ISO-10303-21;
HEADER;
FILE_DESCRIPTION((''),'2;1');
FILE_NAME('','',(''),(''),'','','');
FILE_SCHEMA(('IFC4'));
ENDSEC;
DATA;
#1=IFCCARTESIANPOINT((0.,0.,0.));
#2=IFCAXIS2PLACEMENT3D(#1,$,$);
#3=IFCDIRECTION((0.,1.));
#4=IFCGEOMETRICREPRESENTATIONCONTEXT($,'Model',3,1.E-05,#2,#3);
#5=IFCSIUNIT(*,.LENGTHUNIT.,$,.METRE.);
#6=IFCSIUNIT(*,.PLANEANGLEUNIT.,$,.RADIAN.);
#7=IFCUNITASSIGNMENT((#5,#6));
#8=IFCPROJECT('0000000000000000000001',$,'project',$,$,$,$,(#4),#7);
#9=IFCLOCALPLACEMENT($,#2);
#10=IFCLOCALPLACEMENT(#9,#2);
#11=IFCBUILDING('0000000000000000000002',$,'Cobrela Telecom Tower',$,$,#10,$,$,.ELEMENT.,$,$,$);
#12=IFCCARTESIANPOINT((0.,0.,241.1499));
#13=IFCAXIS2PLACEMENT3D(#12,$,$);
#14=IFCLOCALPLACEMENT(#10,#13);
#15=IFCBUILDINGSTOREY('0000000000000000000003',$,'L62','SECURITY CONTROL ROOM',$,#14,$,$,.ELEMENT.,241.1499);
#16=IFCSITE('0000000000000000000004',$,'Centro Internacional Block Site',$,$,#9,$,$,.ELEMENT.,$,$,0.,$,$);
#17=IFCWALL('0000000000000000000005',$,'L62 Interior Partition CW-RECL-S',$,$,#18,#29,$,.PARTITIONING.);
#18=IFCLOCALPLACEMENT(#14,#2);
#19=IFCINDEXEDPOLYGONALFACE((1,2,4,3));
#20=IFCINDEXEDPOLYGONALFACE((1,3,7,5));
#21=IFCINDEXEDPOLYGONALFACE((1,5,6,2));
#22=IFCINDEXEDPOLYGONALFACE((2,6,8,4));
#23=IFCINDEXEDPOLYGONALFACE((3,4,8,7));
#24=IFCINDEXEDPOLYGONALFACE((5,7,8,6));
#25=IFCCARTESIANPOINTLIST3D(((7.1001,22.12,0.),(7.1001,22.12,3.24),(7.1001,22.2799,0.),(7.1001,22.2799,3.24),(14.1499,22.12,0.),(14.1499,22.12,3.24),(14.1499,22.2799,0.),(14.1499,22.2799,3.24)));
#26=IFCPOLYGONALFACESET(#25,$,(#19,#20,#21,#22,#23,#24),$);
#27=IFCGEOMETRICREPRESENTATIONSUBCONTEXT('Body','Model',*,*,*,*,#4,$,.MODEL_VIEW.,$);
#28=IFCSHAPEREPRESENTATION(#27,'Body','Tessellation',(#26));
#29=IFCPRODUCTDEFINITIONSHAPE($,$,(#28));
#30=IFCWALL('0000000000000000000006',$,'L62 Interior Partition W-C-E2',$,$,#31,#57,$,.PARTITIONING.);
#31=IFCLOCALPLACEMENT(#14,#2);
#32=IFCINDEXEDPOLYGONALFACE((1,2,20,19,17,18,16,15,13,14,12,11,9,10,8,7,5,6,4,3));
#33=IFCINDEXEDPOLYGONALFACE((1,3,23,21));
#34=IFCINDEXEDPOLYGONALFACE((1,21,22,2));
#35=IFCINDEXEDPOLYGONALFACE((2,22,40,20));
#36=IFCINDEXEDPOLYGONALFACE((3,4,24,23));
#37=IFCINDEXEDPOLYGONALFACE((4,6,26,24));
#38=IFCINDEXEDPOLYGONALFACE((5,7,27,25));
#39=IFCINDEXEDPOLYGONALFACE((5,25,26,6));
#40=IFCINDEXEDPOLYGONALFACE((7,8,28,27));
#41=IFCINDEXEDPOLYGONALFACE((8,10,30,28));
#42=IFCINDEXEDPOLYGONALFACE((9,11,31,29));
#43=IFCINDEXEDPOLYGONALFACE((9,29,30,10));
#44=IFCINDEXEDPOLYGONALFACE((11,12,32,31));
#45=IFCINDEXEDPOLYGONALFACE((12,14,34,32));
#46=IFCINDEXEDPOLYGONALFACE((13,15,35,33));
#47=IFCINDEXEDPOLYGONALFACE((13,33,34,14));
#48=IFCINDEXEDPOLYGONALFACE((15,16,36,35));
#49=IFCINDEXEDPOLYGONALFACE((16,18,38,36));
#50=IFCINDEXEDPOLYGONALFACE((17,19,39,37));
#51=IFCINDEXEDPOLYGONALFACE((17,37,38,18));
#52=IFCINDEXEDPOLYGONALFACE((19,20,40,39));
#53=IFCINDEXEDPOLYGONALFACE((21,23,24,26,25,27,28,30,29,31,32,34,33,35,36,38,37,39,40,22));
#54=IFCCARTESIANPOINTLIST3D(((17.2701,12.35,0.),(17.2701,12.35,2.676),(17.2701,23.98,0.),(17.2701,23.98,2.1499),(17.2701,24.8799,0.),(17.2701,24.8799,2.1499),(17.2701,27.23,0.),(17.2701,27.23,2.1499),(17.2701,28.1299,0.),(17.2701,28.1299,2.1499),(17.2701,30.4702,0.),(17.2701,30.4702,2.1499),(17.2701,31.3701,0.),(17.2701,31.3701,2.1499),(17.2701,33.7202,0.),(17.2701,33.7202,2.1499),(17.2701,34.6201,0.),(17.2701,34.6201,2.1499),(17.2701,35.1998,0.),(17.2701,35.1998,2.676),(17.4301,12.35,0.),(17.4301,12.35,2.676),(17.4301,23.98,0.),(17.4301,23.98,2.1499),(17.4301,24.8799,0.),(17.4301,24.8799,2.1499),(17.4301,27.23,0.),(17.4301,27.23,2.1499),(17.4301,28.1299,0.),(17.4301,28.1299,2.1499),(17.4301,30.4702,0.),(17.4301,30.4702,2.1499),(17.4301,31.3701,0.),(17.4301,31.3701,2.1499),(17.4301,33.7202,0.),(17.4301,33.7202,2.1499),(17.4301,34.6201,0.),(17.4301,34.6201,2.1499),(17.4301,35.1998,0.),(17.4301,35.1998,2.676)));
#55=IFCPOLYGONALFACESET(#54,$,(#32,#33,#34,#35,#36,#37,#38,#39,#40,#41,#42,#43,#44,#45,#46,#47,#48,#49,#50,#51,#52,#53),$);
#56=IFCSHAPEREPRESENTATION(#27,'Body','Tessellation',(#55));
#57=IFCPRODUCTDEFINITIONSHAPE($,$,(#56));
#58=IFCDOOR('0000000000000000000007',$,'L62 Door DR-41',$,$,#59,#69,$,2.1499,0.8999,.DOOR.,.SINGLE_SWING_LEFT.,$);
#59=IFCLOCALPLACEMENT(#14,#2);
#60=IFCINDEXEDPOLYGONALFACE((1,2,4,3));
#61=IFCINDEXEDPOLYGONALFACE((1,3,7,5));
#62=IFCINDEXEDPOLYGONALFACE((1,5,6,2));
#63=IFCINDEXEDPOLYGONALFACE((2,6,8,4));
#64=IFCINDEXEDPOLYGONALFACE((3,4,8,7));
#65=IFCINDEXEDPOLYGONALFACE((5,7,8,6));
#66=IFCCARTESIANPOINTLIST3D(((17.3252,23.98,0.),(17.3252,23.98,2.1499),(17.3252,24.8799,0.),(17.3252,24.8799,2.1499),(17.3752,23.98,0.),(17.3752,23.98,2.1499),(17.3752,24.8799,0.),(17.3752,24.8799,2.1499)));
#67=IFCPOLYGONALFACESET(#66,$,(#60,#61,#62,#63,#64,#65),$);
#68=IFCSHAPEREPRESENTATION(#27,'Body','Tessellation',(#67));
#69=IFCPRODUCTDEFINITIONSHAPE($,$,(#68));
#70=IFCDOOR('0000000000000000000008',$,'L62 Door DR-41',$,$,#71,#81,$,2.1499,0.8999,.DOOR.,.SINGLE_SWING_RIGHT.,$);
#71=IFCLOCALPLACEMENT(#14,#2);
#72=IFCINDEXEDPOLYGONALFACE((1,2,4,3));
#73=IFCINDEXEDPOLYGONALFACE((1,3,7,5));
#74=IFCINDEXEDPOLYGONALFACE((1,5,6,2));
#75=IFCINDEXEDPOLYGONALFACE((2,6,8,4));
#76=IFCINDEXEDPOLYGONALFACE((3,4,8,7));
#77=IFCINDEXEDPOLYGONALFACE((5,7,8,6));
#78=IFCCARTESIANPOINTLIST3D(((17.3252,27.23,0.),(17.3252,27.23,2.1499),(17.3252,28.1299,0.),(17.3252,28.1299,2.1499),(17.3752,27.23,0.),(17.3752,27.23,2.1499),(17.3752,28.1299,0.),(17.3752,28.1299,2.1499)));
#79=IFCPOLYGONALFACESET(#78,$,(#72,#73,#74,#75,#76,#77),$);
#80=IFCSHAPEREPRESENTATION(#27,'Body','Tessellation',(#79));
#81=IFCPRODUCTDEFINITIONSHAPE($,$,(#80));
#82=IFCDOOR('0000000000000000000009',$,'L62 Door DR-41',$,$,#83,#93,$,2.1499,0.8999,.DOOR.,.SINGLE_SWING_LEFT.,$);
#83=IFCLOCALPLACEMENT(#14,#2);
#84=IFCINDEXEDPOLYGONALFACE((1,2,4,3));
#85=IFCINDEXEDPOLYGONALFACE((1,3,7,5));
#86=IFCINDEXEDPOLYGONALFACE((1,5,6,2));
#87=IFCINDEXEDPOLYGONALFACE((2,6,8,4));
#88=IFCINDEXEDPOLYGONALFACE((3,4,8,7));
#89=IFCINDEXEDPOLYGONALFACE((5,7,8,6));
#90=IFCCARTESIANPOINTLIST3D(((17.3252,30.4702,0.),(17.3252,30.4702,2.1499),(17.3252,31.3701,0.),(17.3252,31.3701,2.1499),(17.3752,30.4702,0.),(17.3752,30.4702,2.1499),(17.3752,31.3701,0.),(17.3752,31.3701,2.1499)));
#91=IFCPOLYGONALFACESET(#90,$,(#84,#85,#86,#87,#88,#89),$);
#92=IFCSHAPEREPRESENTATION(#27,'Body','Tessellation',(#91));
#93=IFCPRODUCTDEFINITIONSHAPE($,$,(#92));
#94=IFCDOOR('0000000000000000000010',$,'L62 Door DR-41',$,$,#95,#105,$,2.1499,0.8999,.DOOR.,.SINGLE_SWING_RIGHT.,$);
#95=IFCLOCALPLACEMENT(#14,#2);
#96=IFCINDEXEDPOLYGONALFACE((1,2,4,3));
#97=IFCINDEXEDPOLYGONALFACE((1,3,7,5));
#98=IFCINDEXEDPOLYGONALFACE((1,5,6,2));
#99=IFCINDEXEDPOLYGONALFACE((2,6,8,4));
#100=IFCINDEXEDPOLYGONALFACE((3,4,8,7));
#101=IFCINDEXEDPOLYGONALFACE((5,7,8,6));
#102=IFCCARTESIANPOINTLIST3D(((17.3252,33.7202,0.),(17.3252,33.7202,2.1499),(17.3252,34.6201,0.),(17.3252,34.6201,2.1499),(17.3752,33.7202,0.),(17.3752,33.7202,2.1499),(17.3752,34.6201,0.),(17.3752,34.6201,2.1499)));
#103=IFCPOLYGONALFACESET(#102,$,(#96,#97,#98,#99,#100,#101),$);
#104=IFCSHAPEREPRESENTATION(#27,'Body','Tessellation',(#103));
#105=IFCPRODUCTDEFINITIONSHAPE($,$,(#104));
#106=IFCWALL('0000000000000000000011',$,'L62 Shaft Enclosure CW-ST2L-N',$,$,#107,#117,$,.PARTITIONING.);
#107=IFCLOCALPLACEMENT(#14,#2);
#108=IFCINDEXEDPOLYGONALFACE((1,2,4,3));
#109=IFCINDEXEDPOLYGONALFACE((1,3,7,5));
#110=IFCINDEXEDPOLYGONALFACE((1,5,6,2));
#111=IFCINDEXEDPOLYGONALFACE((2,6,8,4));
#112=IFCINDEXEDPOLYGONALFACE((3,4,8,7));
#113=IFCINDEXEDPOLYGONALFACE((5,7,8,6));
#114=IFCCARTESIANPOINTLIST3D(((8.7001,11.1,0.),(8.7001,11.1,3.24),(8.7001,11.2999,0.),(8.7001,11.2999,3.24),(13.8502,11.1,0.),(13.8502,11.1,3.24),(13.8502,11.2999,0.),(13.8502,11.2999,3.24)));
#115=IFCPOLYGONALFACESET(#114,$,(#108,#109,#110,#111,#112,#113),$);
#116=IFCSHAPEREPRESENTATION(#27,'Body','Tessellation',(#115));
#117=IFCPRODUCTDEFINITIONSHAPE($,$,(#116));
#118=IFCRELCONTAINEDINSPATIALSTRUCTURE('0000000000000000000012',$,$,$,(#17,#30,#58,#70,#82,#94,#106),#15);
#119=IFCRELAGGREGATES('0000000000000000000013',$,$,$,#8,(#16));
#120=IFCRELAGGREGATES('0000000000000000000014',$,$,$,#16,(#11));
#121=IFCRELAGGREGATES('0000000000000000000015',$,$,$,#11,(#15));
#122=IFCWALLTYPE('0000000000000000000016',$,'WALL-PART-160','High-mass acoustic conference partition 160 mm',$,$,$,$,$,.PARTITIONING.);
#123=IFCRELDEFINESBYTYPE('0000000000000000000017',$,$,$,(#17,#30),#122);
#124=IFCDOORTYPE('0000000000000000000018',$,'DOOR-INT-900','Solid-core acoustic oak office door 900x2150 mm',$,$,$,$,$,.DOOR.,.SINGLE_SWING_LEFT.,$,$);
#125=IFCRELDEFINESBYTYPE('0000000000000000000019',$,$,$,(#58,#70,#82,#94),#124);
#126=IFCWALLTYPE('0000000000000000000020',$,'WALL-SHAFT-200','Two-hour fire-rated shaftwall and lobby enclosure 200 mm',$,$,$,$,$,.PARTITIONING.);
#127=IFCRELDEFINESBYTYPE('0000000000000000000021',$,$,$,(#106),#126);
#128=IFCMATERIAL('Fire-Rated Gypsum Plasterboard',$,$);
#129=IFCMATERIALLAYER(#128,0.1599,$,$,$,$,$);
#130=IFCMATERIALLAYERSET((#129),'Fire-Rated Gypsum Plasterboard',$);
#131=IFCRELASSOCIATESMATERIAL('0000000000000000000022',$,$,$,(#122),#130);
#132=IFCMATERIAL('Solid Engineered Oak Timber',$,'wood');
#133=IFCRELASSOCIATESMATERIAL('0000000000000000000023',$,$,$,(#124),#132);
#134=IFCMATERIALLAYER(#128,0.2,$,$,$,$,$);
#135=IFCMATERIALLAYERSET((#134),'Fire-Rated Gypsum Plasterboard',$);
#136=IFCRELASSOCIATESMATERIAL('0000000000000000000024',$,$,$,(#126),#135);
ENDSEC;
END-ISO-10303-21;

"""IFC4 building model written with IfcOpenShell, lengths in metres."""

from ifc_helpers import new_model, si_unit, direction, frame, frame_2d, origin, place, context, subcontext, project, spatial, rectangle, extrude, material, layer, layer_set, type_object, element, fill, save


model = new_model("IFC4")

# Units and contexts
model_context = context("Model", 3, precision=1e-05, world=origin(), true_north=direction((0.0, 1.0)))
body_context = subcontext(model_context, "Body", "Model", "MODEL_VIEW")
ifc_project = project(units=[si_unit("LENGTHUNIT", "METRE"), si_unit("PLANEANGLEUNIT", "RADIAN")], contexts=[model_context])

# Site, building, storey
site_placement = place(None, origin())
site = spatial("IfcSite", under=ifc_project, at=site_placement, Name="Centro Internacional Block Site", CompositionType="ELEMENT", RefElevation=0.0)
building_placement = place(site_placement, origin())
building = spatial("IfcBuilding", under=site, at=building_placement, Name="Cobrela Telecom Tower", CompositionType="ELEMENT")
storey_placement = place(building_placement, frame((0.0, 0.0, 241.1499)))
storey = spatial("IfcBuildingStorey", under=building, at=storey_placement, Name="L62", Description="SECURITY CONTROL ROOM", CompositionType="ELEMENT", Elevation=241.1499)

# Shared definitions
ifc_material_1 = material(Name="Fire-Rated Gypsum Plasterboard")
ifc_material_2 = material(Name="Solid Engineered Oak Timber", Category="wood")

# Wall
ifc_layer_1 = layer(ifc_material_1, 0.1599)
ifc_layer_set_1 = layer_set([ifc_layer_1], Name="Fire-Rated Gypsum Plasterboard")
wall_type_1 = type_object("IfcWallType", Name="WALL-PART-160", Description="High-mass acoustic conference partition 160 mm", PredefinedType="PARTITIONING", material=ifc_layer_set_1)
wall_1_placement = place(storey_placement, frame((7.1001, 22.2, 0.0), z_axis=(0.0, 0.0, 1.0), x_axis=(1.0, 0.0, 0.0)))
element("IfcWall", 1, at=wall_1_placement, inside=storey, type_object=wall_type_1, Name="L62 Interior Partition CW-RECL-S", PredefinedType="PARTITIONING", context=body_context, shape_type="SweptSolid", body=[
    extrude(rectangle(XDim=7.0498, YDim=0.1599, at=frame_2d((3.5249, 0.0))), origin(), (0.0, 0.0, 1.0), 3.24),
])

# Wall, openings, doors
wall_2_placement = place(storey_placement, frame((17.3501, 12.3501, 0.0), z_axis=(0.0, 0.0, 1.0), x_axis=(0.0, 1.0, 0.0)))
wall_2 = element("IfcWall", 2, at=wall_2_placement, inside=storey, type_object=wall_type_1, Name="L62 Interior Partition W-C-E2", PredefinedType="PARTITIONING", context=body_context, shape_type="SweptSolid", body=[
    extrude(rectangle(XDim=22.8499, YDim=0.1599, at=frame_2d((11.4248, 0.0))), origin(), (0.0, 0.0, 1.0), 2.676),
])
opening_1_placement = place(wall_2_placement, frame((11.6299, 0.0, 0.0)))
opening_1 = element("IfcOpeningElement", 3, at=opening_1_placement, cuts=wall_2, PredefinedType="OPENING", context=body_context, shape_type="SweptSolid", body=[
    extrude(rectangle(XDim=0.8999, YDim=2.1499, at=frame_2d((0.45, 1.075))), frame((0.0, 0.0918, 0.0), z_axis=(0.0, -1.0, 0.0), x_axis=(1.0, 0.0, 0.0)), (0.0, 0.0, 1.0), 0.1838),
])
opening_2_placement = place(wall_2_placement, frame((14.8799, 0.0, 0.0)))
opening_2 = element("IfcOpeningElement", 4, at=opening_2_placement, cuts=wall_2, PredefinedType="OPENING", context=body_context, shape_type="SweptSolid", body=[
    extrude(rectangle(XDim=0.8999, YDim=2.1499, at=frame_2d((0.45, 1.075))), frame((0.0, 0.0918, 0.0), z_axis=(0.0, -1.0, 0.0), x_axis=(1.0, 0.0, 0.0)), (0.0, 0.0, 1.0), 0.1838),
])
opening_3_placement = place(wall_2_placement, frame((18.1201, 0.0, 0.0)))
opening_3 = element("IfcOpeningElement", 5, at=opening_3_placement, cuts=wall_2, PredefinedType="OPENING", context=body_context, shape_type="SweptSolid", body=[
    extrude(rectangle(XDim=0.8999, YDim=2.1499, at=frame_2d((0.45, 1.075))), frame((0.0, 0.0918, 0.0), z_axis=(0.0, -1.0, 0.0), x_axis=(1.0, 0.0, 0.0)), (0.0, 0.0, 1.0), 0.1838),
])
opening_4_placement = place(wall_2_placement, frame((21.3701, 0.0, 0.0)))
opening_4 = element("IfcOpeningElement", 6, at=opening_4_placement, cuts=wall_2, PredefinedType="OPENING", context=body_context, shape_type="SweptSolid", body=[
    extrude(rectangle(XDim=0.8999, YDim=2.1499, at=frame_2d((0.45, 1.075))), frame((0.0, 0.0918, 0.0), z_axis=(0.0, -1.0, 0.0), x_axis=(1.0, 0.0, 0.0)), (0.0, 0.0, 1.0), 0.1838),
])
door_type_1 = type_object("IfcDoorType", Name="DOOR-INT-900", Description="Solid-core acoustic oak office door 900x2150 mm", OperationType="SINGLE_SWING_LEFT", PredefinedType="DOOR", material=ifc_material_2)
door_1_placement = place(opening_1_placement, origin())
door_1 = element("IfcDoor", 7, at=door_1_placement, inside=storey, type_object=door_type_1, Name="L62 Door DR-41", OperationType="SINGLE_SWING_LEFT", OverallHeight=2.1499, OverallWidth=0.8999, PredefinedType="DOOR", context=body_context, shape_type="SweptSolid", body=[
    extrude(rectangle(XDim=0.8999, YDim=2.1499, at=frame_2d((0.45, 1.075))), frame((0.0, 0.0249, 0.0), z_axis=(0.0, -1.0, 0.0), x_axis=(1.0, 0.0, 0.0)), (0.0, 0.0, 1.0), 0.05),
])
fill(opening_1, door_1)
door_2_placement = place(opening_2_placement, origin())
door_2 = element("IfcDoor", 8, at=door_2_placement, inside=storey, type_object=door_type_1, Name="L62 Door DR-41", OperationType="SINGLE_SWING_RIGHT", OverallHeight=2.1499, OverallWidth=0.8999, PredefinedType="DOOR", context=body_context, shape_type="SweptSolid", body=[
    extrude(rectangle(XDim=0.8999, YDim=2.1499, at=frame_2d((0.45, 1.075))), frame((0.0, 0.0249, 0.0), z_axis=(0.0, -1.0, 0.0), x_axis=(1.0, 0.0, 0.0)), (0.0, 0.0, 1.0), 0.05),
])
fill(opening_2, door_2)
door_3_placement = place(opening_3_placement, origin())
door_3 = element("IfcDoor", 9, at=door_3_placement, inside=storey, type_object=door_type_1, Name="L62 Door DR-41", OperationType="SINGLE_SWING_LEFT", OverallHeight=2.1499, OverallWidth=0.8999, PredefinedType="DOOR", context=body_context, shape_type="SweptSolid", body=[
    extrude(rectangle(XDim=0.8999, YDim=2.1499, at=frame_2d((0.45, 1.075))), frame((0.0, 0.0249, 0.0), z_axis=(0.0, -1.0, 0.0), x_axis=(1.0, 0.0, 0.0)), (0.0, 0.0, 1.0), 0.05),
])
fill(opening_3, door_3)
door_4_placement = place(opening_4_placement, origin())
door_4 = element("IfcDoor", 10, at=door_4_placement, inside=storey, type_object=door_type_1, Name="L62 Door DR-41", OperationType="SINGLE_SWING_RIGHT", OverallHeight=2.1499, OverallWidth=0.8999, PredefinedType="DOOR", context=body_context, shape_type="SweptSolid", body=[
    extrude(rectangle(XDim=0.8999, YDim=2.1499, at=frame_2d((0.45, 1.075))), frame((0.0, 0.0249, 0.0), z_axis=(0.0, -1.0, 0.0), x_axis=(1.0, 0.0, 0.0)), (0.0, 0.0, 1.0), 0.05),
])
fill(opening_4, door_4)

# Wall
ifc_layer_2 = layer(ifc_material_1, 0.2)
ifc_layer_set_2 = layer_set([ifc_layer_2], Name="Fire-Rated Gypsum Plasterboard")
wall_type_2 = type_object("IfcWallType", Name="WALL-SHAFT-200", Description="Two-hour fire-rated shaftwall and lobby enclosure 200 mm", PredefinedType="PARTITIONING", material=ifc_layer_set_2)
wall_3_placement = place(storey_placement, frame((8.7, 11.2, 0.0), z_axis=(0.0, 0.0, 1.0), x_axis=(1.0, 0.0, 0.0)))
element("IfcWall", 11, at=wall_3_placement, inside=storey, type_object=wall_type_2, Name="L62 Shaft Enclosure CW-ST2L-N", PredefinedType="PARTITIONING", context=body_context, shape_type="SweptSolid", body=[
    extrude(rectangle(XDim=5.1501, YDim=0.2, at=frame_2d((2.5752, 0.0))), origin(), (0.0, 0.0, 1.0), 3.24),
])

save(model, "model.ifc")
